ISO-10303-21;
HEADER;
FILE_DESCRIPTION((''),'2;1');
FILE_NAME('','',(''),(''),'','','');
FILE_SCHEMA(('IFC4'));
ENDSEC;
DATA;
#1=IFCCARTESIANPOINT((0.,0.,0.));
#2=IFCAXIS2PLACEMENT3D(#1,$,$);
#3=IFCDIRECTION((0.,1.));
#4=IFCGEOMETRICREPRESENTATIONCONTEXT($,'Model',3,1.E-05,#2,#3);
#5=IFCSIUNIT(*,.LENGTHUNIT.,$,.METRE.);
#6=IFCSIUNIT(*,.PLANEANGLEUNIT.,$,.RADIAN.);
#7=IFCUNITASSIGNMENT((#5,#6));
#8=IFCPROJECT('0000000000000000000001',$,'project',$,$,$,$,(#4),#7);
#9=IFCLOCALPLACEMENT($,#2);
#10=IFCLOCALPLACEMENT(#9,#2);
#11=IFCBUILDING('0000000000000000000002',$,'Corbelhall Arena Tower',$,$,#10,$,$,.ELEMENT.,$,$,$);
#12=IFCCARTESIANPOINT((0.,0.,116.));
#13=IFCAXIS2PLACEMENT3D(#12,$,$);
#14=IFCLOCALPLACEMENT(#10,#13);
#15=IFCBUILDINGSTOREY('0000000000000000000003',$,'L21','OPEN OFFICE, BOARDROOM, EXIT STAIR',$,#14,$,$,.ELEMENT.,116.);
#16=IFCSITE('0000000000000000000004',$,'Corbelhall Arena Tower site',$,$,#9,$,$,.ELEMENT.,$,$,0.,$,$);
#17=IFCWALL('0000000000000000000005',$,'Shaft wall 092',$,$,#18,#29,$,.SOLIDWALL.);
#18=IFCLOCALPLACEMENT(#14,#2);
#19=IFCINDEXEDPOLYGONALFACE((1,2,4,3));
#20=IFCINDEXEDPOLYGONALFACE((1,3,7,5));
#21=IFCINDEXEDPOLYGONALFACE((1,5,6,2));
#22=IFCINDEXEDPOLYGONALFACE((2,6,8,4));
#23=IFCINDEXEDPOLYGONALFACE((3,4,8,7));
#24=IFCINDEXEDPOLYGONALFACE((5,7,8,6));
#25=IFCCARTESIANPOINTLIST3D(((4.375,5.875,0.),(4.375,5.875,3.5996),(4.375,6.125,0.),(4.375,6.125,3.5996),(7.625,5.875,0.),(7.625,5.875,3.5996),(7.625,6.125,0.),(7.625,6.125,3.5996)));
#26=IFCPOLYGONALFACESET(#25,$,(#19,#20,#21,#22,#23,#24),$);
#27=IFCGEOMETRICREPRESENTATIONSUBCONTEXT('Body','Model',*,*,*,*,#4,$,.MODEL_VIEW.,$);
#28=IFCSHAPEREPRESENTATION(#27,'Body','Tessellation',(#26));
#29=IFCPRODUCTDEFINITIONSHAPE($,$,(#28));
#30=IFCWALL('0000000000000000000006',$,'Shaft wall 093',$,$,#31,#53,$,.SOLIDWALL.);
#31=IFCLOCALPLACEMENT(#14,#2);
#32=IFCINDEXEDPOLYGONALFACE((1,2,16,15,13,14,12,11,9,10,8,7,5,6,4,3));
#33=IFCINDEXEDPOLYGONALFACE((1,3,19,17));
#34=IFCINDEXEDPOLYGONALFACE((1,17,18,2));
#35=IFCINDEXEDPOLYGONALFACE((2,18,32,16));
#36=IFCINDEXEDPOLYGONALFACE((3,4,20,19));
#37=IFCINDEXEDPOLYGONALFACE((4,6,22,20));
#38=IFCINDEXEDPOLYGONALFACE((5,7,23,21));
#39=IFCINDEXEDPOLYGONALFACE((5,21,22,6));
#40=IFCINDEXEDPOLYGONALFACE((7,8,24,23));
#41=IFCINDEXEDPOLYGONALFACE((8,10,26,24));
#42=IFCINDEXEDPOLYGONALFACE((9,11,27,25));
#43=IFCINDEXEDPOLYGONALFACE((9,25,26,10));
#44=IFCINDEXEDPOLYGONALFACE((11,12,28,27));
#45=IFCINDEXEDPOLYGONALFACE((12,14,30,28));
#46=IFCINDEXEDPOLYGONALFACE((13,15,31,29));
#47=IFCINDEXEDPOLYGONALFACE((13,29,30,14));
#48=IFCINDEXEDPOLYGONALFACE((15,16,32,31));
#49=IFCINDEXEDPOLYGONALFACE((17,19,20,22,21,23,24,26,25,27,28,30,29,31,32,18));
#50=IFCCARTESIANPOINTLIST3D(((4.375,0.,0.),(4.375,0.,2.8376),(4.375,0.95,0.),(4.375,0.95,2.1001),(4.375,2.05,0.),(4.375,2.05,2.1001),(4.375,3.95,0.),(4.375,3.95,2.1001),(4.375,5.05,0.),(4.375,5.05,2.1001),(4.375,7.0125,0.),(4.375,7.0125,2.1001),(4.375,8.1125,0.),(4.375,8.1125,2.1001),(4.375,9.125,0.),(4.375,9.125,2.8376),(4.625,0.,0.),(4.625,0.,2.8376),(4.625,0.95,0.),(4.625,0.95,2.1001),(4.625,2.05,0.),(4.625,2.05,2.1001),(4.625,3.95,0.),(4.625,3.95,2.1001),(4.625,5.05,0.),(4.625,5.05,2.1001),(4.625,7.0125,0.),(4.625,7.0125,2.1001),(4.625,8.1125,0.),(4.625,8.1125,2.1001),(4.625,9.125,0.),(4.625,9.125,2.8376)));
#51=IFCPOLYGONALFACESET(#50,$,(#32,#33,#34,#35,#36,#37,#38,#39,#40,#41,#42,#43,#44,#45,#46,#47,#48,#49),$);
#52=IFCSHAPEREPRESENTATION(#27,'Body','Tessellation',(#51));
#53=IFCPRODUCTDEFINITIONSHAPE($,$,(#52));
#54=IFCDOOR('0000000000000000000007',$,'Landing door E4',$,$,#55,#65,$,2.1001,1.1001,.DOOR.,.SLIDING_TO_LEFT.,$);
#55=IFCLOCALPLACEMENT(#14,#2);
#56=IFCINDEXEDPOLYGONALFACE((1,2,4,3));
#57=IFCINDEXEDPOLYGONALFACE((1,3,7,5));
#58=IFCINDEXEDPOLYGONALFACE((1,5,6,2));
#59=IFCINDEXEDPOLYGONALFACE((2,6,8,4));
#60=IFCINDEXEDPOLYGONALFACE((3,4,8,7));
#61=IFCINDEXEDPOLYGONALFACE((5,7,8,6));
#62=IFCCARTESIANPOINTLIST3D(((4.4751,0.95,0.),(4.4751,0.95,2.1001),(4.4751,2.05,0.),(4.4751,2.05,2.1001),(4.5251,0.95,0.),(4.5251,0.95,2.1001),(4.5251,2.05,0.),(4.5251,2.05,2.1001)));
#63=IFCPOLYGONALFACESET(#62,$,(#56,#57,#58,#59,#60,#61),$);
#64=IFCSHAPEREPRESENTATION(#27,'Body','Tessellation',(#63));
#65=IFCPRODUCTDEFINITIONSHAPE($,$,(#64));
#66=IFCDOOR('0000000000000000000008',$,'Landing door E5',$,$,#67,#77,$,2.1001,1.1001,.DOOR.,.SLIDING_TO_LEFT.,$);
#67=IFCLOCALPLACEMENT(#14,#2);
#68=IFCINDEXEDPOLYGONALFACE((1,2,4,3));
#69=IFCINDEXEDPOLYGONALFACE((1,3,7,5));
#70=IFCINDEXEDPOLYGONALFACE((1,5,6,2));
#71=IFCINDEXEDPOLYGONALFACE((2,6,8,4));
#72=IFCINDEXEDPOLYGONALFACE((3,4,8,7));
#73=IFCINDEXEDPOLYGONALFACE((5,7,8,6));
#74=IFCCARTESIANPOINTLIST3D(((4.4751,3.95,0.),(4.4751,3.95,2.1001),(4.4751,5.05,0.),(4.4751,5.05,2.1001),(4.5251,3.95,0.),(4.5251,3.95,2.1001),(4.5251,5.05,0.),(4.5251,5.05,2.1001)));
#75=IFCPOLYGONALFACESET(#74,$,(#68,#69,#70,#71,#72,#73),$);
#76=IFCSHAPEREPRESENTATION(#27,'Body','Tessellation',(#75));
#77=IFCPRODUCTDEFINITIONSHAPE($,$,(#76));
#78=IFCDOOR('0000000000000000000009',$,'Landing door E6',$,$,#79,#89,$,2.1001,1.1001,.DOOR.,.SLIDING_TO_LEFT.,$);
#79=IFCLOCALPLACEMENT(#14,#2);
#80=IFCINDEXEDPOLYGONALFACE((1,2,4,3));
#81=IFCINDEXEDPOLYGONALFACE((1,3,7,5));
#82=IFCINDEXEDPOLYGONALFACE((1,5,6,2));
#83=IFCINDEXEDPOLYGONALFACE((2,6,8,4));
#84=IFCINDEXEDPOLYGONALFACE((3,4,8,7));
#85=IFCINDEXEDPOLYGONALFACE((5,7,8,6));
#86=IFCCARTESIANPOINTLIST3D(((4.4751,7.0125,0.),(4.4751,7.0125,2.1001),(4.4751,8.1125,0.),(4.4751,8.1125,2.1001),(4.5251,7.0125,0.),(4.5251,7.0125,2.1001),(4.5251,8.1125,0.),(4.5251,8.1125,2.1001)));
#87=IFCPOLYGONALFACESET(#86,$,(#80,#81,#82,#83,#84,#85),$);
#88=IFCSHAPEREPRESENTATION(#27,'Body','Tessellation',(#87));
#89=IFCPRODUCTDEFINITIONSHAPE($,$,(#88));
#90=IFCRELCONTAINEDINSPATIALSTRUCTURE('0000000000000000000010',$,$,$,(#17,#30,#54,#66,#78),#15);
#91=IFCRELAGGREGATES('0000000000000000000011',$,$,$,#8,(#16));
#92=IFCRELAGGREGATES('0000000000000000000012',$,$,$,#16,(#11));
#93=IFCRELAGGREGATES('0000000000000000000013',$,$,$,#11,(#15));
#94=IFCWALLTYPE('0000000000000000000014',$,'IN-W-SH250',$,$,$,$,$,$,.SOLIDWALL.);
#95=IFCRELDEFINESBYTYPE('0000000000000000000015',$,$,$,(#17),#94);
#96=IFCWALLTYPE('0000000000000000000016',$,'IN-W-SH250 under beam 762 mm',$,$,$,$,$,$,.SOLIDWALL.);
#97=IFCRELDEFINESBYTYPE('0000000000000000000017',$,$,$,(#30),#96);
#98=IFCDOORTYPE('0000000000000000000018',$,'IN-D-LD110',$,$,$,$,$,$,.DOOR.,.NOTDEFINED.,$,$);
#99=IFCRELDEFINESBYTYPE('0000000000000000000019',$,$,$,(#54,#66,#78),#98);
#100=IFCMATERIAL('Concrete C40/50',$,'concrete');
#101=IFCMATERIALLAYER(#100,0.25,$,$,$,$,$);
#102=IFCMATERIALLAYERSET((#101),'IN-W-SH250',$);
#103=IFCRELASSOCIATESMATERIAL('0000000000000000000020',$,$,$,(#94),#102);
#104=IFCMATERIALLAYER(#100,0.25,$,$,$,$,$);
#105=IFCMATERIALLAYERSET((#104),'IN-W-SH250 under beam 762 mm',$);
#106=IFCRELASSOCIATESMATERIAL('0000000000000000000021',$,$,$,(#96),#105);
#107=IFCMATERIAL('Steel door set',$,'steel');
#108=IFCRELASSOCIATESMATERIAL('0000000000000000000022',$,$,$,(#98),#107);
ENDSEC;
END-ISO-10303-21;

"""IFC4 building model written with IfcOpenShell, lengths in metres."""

from ifc_helpers import new_model, si_unit, direction, frame, frame_2d, origin, place, context, subcontext, project, spatial, rectangle, extrude, material, layer, layer_set, type_object, element, fill, save


model = new_model("IFC4")

# Units and contexts
model_context = context("Model", 3, precision=1e-05, world=origin(), true_north=direction((0.0, 1.0)))
body_context = subcontext(model_context, "Body", "Model", "MODEL_VIEW")
ifc_project = project(units=[si_unit("LENGTHUNIT", "METRE"), si_unit("PLANEANGLEUNIT", "RADIAN")], contexts=[model_context])

# Site, building, storey
site_placement = place(None, origin())
site = spatial("IfcSite", under=ifc_project, at=site_placement, Name="Corbelhall Arena Tower site", CompositionType="ELEMENT", RefElevation=0.0)
building_placement = place(site_placement, origin())
building = spatial("IfcBuilding", under=site, at=building_placement, Name="Corbelhall Arena Tower", CompositionType="ELEMENT")
storey_placement = place(building_placement, frame((0.0, 0.0, 116.0)))
storey = spatial("IfcBuildingStorey", under=building, at=storey_placement, Name="L21", Description="OPEN OFFICE, BOARDROOM, EXIT STAIR", CompositionType="ELEMENT", Elevation=116.0)

# Shared definitions
ifc_material_1 = material(Name="Concrete C40/50", Category="concrete")

# Shared definitions
ifc_layer_1 = layer(ifc_material_1, 0.25)
ifc_layer_set_1 = layer_set([ifc_layer_1], Name="IN-W-SH250")
wall_type_1 = type_object("IfcWallType", Name="IN-W-SH250", PredefinedType="SOLIDWALL", material=ifc_layer_set_1)

# Shared definitions
ifc_material_2 = material(Name="Steel door set", Category="steel")

# Wall
wall_1_placement = place(storey_placement, frame((4.375, 6.0, 0.0), z_axis=(0.0, 0.0, 1.0), x_axis=(1.0, 0.0, 0.0)))
element("IfcWall", 1, at=wall_1_placement, inside=storey, type_object=wall_type_1, Name="Shaft wall 092", PredefinedType="SOLIDWALL", context=body_context, shape_type="SweptSolid", body=[
    extrude(rectangle(XDim=3.25, YDim=0.25, at=frame_2d((1.625, 0.0))), origin(), (0.0, 0.0, 1.0), 3.5996),
])

# Wall, openings, doors
ifc_layer_2 = layer(ifc_material_1, 0.25)
ifc_layer_set_2 = layer_set([ifc_layer_2], Name="IN-W-SH250 under beam 762 mm")
wall_type_2 = type_object("IfcWallType", Name="IN-W-SH250 under beam 762 mm", PredefinedType="SOLIDWALL", material=ifc_layer_set_2)
wall_2_placement = place(storey_placement, frame((4.5, 0.0, 0.0), z_axis=(0.0, 0.0, 1.0), x_axis=(0.0, 1.0, 0.0)))
wall_2 = element("IfcWall", 2, at=wall_2_placement, inside=storey, type_object=wall_type_2, Name="Shaft wall 093", PredefinedType="SOLIDWALL", context=body_context, shape_type="SweptSolid", body=[
    extrude(rectangle(XDim=9.125, YDim=0.25, at=frame_2d((4.5625, 0.0))), origin(), (0.0, 0.0, 1.0), 2.8376),
])
opening_1_placement = place(wall_2_placement, frame((0.95, 0.0, 0.0)))
opening_1 = element("IfcOpeningElement", 3, at=opening_1_placement, cuts=wall_2, PredefinedType="OPENING", context=body_context, shape_type="SweptSolid", body=[
    extrude(rectangle(XDim=1.1001, YDim=2.1001, at=frame_2d((0.55, 1.05))), frame((0.0, 0.125, 0.0), z_axis=(0.0, -1.0, 0.0), x_axis=(1.0, 0.0, 0.0)), (0.0, 0.0, 1.0), 0.25),
])
opening_2_placement = place(wall_2_placement, frame((3.95, 0.0, 0.0)))
opening_2 = element("IfcOpeningElement", 4, at=opening_2_placement, cuts=wall_2, PredefinedType="OPENING", context=body_context, shape_type="SweptSolid", body=[
    extrude(rectangle(XDim=1.1001, YDim=2.1001, at=frame_2d((0.55, 1.05))), frame((0.0, 0.125, 0.0), z_axis=(0.0, -1.0, 0.0), x_axis=(1.0, 0.0, 0.0)), (0.0, 0.0, 1.0), 0.25),
])
opening_3_placement = place(wall_2_placement, frame((7.0125, 0.0, 0.0)))
opening_3 = element("IfcOpeningElement", 5, at=opening_3_placement, cuts=wall_2, PredefinedType="OPENING", context=body_context, shape_type="SweptSolid", body=[
    extrude(rectangle(XDim=1.1001, YDim=2.1001, at=frame_2d((0.55, 1.05))), frame((0.0, 0.125, 0.0), z_axis=(0.0, -1.0, 0.0), x_axis=(1.0, 0.0, 0.0)), (0.0, 0.0, 1.0), 0.25),
])
door_type_1 = type_object("IfcDoorType", Name="IN-D-LD110", OperationType="NOTDEFINED", PredefinedType="DOOR", material=ifc_material_2)
door_1_placement = place(opening_1_placement, origin())
door_1 = element("IfcDoor", 6, at=door_1_placement, inside=storey, type_object=door_type_1, Name="Landing door E4", OperationType="SLIDING_TO_LEFT", OverallHeight=2.1001, OverallWidth=1.1001, PredefinedType="DOOR", context=body_context, shape_type="SweptSolid", body=[
    extrude(rectangle(XDim=1.1001, YDim=2.1001, at=frame_2d((0.55, 1.05))), frame((0.0, 0.0249, 0.0), z_axis=(0.0, -1.0, 0.0), x_axis=(1.0, 0.0, 0.0)), (0.0, 0.0, 1.0), 0.05),
])
fill(opening_1, door_1)
door_2_placement = place(opening_2_placement, origin())
door_2 = element("IfcDoor", 7, at=door_2_placement, inside=storey, type_object=door_type_1, Name="Landing door E5", OperationType="SLIDING_TO_LEFT", OverallHeight=2.1001, OverallWidth=1.1001, PredefinedType="DOOR", context=body_context, shape_type="SweptSolid", body=[
    extrude(rectangle(XDim=1.1001, YDim=2.1001, at=frame_2d((0.55, 1.05))), frame((0.0, 0.0249, 0.0), z_axis=(0.0, -1.0, 0.0), x_axis=(1.0, 0.0, 0.0)), (0.0, 0.0, 1.0), 0.05),
])
fill(opening_2, door_2)
door_3_placement = place(opening_3_placement, origin())
door_3 = element("IfcDoor", 8, at=door_3_placement, inside=storey, type_object=door_type_1, Name="Landing door E6", OperationType="SLIDING_TO_LEFT", OverallHeight=2.1001, OverallWidth=1.1001, PredefinedType="DOOR", context=body_context, shape_type="SweptSolid", body=[
    extrude(rectangle(XDim=1.1001, YDim=2.1001, at=frame_2d((0.55, 1.05))), frame((0.0, 0.0249, 0.0), z_axis=(0.0, -1.0, 0.0), x_axis=(1.0, 0.0, 0.0)), (0.0, 0.0, 1.0), 0.05),
])
fill(opening_3, door_3)

save(model, "model.ifc")
